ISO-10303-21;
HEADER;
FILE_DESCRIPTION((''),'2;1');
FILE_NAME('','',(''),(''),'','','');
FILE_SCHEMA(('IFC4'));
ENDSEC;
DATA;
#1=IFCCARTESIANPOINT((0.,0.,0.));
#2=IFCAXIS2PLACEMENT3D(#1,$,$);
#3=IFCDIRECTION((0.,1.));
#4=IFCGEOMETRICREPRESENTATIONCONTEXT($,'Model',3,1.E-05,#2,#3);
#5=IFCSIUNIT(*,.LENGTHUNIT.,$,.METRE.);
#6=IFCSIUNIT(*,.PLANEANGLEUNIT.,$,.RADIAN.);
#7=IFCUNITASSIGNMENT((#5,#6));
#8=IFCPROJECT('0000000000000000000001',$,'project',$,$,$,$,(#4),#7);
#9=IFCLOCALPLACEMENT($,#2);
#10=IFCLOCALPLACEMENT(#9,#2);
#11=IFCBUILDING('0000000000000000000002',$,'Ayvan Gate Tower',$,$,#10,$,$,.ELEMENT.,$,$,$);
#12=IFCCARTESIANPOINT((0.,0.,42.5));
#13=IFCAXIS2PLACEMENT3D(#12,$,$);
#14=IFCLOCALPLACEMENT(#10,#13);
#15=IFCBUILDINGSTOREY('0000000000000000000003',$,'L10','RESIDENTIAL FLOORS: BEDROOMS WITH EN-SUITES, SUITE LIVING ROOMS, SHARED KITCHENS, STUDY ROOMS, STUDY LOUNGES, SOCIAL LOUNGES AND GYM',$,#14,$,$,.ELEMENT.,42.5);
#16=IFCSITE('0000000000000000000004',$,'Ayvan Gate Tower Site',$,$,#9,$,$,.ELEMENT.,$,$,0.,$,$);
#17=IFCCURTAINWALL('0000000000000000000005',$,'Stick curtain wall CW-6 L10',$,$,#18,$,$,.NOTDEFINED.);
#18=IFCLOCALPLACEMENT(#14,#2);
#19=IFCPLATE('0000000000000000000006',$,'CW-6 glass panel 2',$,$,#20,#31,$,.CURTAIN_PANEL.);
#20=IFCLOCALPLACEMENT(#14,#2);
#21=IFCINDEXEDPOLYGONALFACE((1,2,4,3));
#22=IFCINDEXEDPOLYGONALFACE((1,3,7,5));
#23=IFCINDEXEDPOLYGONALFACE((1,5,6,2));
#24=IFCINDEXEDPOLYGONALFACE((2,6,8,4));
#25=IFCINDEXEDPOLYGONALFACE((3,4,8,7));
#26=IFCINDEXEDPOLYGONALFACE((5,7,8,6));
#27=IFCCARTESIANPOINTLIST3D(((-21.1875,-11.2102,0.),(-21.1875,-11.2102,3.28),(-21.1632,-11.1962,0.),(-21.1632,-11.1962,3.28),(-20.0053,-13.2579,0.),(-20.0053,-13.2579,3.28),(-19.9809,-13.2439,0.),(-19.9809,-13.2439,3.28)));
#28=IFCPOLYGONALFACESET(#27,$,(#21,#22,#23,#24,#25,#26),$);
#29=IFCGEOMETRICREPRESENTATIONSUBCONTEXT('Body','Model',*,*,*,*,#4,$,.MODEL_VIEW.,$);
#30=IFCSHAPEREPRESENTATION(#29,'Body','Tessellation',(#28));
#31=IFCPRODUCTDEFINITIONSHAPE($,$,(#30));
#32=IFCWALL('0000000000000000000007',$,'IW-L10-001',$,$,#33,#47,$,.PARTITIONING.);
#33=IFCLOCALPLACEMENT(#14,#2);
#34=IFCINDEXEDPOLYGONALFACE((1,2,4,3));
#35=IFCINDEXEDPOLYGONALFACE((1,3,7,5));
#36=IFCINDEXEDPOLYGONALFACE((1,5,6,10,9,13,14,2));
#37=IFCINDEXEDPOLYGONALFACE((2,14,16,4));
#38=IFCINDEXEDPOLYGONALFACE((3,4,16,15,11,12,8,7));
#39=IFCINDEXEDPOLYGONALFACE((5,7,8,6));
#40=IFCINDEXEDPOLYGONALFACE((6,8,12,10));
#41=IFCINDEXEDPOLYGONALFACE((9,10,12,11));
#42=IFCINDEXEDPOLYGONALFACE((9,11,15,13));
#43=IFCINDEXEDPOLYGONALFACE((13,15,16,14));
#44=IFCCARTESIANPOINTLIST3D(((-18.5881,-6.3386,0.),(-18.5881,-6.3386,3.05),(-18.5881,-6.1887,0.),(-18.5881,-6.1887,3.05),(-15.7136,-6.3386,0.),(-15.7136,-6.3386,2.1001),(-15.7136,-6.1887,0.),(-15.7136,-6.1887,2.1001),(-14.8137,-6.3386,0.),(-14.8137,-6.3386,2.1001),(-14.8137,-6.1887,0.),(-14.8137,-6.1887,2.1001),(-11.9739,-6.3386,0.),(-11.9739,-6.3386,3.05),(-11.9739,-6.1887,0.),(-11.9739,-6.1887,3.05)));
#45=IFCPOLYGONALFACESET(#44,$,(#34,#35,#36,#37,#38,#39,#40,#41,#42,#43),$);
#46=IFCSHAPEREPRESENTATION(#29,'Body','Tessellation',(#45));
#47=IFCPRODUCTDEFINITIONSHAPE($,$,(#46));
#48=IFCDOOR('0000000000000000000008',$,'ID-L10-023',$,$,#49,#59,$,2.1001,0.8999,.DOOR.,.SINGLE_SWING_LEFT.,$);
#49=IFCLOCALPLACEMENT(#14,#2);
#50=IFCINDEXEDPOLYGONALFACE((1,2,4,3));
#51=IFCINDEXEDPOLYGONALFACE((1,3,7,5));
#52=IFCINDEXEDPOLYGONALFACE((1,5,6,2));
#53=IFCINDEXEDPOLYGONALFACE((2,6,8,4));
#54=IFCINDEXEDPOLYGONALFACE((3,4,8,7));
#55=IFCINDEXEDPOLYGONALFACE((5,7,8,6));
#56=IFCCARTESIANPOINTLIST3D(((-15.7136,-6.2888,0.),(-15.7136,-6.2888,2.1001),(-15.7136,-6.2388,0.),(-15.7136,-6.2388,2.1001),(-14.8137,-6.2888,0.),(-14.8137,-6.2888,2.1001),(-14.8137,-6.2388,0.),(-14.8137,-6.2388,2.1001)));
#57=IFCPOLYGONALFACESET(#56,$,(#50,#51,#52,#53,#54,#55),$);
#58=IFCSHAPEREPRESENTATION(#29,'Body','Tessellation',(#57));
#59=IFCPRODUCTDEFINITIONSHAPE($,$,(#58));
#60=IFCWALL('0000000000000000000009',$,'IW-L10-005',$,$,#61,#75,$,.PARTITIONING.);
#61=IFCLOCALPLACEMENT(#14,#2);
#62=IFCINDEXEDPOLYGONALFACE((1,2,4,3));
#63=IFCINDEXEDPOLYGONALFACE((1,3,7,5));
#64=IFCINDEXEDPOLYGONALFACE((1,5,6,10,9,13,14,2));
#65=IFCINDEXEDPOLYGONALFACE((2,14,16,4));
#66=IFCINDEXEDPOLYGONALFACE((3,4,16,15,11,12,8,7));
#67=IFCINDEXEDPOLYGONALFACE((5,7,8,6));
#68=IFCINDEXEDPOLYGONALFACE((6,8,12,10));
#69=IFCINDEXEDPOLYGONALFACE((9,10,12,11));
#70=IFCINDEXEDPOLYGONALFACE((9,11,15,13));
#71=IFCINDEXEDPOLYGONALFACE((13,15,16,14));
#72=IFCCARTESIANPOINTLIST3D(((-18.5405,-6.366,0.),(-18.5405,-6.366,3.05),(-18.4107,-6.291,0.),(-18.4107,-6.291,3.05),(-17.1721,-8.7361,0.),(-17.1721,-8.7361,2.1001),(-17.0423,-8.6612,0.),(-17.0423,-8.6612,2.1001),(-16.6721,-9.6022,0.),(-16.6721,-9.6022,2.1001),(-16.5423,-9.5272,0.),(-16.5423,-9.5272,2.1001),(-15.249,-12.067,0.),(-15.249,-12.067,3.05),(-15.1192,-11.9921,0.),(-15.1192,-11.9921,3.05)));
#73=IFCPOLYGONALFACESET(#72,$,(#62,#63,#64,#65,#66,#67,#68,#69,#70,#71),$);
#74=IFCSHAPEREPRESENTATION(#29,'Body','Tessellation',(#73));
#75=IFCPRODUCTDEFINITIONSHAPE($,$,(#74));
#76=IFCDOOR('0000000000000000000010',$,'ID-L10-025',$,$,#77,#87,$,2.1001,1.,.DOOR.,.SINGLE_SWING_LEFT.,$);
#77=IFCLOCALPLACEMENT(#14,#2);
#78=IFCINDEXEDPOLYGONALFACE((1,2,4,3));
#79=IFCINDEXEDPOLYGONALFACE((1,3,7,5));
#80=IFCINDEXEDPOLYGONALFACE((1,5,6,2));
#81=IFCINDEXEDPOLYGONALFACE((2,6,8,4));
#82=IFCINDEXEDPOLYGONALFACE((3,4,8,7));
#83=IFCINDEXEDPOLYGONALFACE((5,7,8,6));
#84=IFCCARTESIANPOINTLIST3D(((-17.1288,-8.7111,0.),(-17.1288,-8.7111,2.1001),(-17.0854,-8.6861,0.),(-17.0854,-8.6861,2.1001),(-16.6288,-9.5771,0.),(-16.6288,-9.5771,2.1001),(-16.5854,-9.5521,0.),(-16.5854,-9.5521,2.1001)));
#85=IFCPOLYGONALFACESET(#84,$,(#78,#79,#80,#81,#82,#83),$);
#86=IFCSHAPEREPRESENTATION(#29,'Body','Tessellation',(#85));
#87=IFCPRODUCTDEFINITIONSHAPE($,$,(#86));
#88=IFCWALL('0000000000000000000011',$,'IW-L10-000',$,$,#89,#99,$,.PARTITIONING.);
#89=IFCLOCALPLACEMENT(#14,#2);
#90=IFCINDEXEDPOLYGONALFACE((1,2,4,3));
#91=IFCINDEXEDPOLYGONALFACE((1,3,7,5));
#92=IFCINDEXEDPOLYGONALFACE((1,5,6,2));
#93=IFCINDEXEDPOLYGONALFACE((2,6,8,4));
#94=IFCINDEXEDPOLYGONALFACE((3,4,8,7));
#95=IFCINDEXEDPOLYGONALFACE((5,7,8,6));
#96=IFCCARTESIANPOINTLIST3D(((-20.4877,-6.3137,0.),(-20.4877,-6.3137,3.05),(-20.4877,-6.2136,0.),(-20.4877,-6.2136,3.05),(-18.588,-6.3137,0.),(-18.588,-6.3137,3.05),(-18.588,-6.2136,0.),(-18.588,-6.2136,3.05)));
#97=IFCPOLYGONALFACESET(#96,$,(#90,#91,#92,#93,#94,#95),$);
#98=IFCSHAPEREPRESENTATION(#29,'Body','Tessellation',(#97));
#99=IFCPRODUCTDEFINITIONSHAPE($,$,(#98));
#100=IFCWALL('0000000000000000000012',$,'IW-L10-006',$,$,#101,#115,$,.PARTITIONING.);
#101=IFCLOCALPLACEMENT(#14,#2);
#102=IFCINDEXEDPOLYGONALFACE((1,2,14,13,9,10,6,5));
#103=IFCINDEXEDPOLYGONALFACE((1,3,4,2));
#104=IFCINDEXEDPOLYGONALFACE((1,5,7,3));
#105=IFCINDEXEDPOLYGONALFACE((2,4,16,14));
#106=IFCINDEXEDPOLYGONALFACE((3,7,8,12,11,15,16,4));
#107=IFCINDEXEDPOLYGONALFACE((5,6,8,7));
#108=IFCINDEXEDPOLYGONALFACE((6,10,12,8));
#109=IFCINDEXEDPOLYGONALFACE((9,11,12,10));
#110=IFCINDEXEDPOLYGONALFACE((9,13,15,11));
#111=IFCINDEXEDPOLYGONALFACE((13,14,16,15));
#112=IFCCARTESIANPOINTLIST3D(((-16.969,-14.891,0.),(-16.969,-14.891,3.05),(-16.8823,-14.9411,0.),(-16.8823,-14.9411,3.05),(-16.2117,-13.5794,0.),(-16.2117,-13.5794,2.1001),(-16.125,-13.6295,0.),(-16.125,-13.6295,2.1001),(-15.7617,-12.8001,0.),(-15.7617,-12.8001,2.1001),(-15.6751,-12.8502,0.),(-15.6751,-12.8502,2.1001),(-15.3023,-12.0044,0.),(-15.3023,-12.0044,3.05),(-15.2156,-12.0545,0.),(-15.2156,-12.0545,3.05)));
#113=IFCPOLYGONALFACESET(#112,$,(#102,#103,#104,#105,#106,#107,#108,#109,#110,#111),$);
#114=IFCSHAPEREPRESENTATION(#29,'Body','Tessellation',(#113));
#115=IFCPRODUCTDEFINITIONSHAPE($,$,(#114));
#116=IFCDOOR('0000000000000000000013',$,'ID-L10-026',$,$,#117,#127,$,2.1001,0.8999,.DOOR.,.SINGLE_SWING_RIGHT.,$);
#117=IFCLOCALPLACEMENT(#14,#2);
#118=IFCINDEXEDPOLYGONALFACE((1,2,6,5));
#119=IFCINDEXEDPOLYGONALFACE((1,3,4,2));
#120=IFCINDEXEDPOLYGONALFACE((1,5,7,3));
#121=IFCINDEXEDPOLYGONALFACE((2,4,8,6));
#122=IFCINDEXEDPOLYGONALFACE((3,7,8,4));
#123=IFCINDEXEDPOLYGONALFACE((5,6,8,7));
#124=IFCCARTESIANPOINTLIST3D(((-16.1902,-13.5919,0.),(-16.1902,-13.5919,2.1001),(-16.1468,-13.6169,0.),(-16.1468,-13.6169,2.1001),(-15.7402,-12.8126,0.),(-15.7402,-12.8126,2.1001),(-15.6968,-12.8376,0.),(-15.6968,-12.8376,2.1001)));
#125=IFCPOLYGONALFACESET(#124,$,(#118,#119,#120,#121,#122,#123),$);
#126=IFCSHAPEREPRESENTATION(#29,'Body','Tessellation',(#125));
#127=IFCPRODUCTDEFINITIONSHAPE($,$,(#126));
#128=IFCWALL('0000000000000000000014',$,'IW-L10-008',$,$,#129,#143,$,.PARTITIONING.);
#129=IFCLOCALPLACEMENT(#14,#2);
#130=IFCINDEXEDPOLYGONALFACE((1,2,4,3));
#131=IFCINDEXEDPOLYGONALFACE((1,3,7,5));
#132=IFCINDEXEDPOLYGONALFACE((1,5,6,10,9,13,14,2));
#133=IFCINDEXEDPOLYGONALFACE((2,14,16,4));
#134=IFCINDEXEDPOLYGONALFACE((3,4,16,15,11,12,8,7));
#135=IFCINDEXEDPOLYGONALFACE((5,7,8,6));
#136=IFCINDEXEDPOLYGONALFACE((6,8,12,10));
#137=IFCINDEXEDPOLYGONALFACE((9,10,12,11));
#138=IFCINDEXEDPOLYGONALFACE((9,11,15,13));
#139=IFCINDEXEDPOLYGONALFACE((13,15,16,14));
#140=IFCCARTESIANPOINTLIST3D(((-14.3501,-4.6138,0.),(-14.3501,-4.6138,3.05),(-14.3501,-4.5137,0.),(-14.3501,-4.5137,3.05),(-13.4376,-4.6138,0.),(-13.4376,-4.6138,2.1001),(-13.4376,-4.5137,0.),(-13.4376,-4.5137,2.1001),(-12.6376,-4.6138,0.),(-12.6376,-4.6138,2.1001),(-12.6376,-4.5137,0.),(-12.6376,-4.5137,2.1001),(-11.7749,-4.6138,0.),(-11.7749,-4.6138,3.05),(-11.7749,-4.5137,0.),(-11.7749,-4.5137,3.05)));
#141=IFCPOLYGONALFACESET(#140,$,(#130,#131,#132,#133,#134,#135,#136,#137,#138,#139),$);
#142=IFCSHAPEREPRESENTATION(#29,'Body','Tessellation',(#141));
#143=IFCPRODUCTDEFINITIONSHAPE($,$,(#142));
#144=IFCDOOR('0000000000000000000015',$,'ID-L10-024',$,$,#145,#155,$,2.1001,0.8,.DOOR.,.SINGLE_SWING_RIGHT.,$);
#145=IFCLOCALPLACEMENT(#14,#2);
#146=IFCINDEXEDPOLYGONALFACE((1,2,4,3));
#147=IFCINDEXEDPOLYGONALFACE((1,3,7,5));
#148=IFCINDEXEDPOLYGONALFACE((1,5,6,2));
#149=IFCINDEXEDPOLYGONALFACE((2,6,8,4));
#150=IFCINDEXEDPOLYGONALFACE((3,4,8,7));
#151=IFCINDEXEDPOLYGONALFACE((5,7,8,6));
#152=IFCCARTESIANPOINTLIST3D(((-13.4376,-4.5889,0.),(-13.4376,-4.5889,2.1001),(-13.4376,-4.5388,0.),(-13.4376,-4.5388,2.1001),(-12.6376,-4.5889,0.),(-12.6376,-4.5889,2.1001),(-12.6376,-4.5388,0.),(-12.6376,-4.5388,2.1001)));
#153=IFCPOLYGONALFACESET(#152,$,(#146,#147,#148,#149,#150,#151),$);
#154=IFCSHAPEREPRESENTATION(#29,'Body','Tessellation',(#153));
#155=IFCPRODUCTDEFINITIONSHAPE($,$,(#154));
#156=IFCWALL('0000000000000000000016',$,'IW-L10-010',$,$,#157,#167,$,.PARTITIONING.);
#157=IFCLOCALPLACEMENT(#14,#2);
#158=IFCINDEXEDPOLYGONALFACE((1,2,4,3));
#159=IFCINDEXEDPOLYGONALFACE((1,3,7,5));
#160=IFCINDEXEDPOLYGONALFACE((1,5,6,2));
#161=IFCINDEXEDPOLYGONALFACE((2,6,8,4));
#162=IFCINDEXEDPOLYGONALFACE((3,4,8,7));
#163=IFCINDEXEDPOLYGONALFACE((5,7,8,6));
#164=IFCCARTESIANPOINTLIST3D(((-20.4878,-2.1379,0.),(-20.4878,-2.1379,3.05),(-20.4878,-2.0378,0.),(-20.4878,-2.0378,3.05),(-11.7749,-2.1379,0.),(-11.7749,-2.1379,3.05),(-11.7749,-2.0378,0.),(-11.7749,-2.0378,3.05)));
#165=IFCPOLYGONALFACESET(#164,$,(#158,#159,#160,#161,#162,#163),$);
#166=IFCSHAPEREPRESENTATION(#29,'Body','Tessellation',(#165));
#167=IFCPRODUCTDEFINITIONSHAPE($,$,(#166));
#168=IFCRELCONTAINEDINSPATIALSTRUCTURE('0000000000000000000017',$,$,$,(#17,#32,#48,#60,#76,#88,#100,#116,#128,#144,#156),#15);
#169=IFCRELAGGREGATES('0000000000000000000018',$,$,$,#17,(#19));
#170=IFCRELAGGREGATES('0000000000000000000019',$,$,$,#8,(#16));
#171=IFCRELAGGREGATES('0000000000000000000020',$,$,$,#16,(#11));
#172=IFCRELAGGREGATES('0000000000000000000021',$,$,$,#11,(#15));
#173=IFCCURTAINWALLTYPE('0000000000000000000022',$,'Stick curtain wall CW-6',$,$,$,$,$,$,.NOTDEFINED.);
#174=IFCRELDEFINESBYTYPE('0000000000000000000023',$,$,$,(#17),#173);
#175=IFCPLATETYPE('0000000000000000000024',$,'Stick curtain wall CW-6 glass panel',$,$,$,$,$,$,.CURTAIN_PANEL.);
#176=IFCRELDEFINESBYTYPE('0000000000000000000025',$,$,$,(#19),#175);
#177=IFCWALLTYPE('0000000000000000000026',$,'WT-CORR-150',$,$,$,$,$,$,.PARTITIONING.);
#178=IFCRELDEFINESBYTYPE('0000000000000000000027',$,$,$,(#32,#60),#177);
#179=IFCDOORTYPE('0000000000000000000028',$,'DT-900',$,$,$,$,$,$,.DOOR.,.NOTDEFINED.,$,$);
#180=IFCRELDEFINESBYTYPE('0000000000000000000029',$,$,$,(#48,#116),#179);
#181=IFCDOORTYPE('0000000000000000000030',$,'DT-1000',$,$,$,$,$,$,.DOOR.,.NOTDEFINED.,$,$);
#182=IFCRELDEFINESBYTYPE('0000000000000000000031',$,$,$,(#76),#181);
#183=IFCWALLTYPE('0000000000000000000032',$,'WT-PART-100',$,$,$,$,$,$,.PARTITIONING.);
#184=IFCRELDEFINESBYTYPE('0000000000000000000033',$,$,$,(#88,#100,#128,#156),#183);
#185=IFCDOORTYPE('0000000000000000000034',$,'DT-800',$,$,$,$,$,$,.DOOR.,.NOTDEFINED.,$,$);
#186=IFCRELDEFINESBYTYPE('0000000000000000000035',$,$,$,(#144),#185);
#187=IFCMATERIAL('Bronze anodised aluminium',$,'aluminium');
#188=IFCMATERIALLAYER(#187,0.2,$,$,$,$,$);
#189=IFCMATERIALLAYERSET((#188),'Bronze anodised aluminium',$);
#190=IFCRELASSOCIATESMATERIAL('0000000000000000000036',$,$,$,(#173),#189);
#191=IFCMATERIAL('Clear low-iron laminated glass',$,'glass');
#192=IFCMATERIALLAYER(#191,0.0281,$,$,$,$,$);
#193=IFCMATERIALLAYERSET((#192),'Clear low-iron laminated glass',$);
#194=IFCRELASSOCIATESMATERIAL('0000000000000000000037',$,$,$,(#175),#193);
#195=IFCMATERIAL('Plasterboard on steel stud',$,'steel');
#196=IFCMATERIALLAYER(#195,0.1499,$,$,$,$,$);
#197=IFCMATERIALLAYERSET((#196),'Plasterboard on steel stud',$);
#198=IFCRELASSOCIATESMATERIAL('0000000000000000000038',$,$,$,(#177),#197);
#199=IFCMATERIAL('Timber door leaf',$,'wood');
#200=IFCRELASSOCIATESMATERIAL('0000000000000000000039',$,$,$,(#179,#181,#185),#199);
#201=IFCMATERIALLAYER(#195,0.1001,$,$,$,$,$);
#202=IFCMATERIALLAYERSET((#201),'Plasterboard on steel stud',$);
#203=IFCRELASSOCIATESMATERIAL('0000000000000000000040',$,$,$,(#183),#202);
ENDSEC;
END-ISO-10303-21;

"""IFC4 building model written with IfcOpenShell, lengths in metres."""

from ifc_helpers import new_model, si_unit, direction, frame, frame_2d, origin, origin_2d, place, context, subcontext, project, spatial, rectangle, extrude, material, layer, layer_set, type_object, element, fill, aggregate, save


model = new_model("IFC4")

# Units and contexts
model_context = context("Model", 3, precision=1e-05, world=origin(), true_north=direction((0.0, 1.0)))
body_context = subcontext(model_context, "Body", "Model", "MODEL_VIEW")
ifc_project = project(units=[si_unit("LENGTHUNIT", "METRE"), si_unit("PLANEANGLEUNIT", "RADIAN")], contexts=[model_context])

# Site, building, storey
site_placement = place(None, origin())
site = spatial("IfcSite", under=ifc_project, at=site_placement, Name="Ayvan Gate Tower Site", CompositionType="ELEMENT", RefElevation=0.0)
building_placement = place(site_placement, origin())
building = spatial("IfcBuilding", under=site, at=building_placement, Name="Ayvan Gate Tower", CompositionType="ELEMENT")
storey_placement = place(building_placement, frame((0.0, 0.0, 42.5)))
storey = spatial("IfcBuildingStorey", under=building, at=storey_placement, Name="L10", Description="RESIDENTIAL FLOORS: BEDROOMS WITH EN-SUITES, SUITE LIVING ROOMS, SHARED KITCHENS, STUDY ROOMS, STUDY LOUNGES, SOCIAL LOUNGES AND GYM", CompositionType="ELEMENT", Elevation=42.5)

# Curtain wall
ifc_material_1 = material(Name="Bronze anodised aluminium", Category="aluminium")
ifc_layer_1 = layer(ifc_material_1, 0.2)
ifc_layer_set_1 = layer_set([ifc_layer_1], Name="Bronze anodised aluminium")
curtain_wall_type_1 = type_object("IfcCurtainWallType", Name="Stick curtain wall CW-6", PredefinedType="NOTDEFINED", material=ifc_layer_set_1)
curtain_wall_1_placement = place(storey_placement, origin())
curtain_wall_1 = element("IfcCurtainWall", 1, at=curtain_wall_1_placement, inside=storey, type_object=curtain_wall_type_1, Name="Stick curtain wall CW-6 L10", PredefinedType="NOTDEFINED")

# Plate
ifc_material_2 = material(Name="Clear low-iron laminated glass", Category="glass")
ifc_layer_2 = layer(ifc_material_2, 0.0281)
ifc_layer_set_2 = layer_set([ifc_layer_2], Name="Clear low-iron laminated glass")
plate_type_1 = type_object("IfcPlateType", Name="Stick curtain wall CW-6 glass panel", PredefinedType="CURTAIN_PANEL", material=ifc_layer_set_2)
plate_1_placement = place(storey_placement, frame((-20.5842, -12.2271, 0.0), z_axis=(0.0, 0.0, 1.0), x_axis=(0.5, -0.866025, 0.0)))
plate_1 = element("IfcPlate", 2, at=plate_1_placement, type_object=plate_type_1, Name="CW-6 glass panel 2", PredefinedType="CURTAIN_PANEL", context=body_context, shape_type="SweptSolid", body=[
    extrude(rectangle(XDim=2.3645, YDim=0.0281, at=origin_2d()), origin(), (0.0, 0.0, 1.0), 3.28),
])
aggregate(curtain_wall_1, [plate_1])

# Walls, openings, doors
ifc_material_3 = material(Name="Plasterboard on steel stud", Category="steel")
ifc_layer_3 = layer(ifc_material_3, 0.1499)
ifc_layer_set_3 = layer_set([ifc_layer_3], Name="Plasterboard on steel stud")
wall_type_1 = type_object("IfcWallType", Name="WT-CORR-150", PredefinedType="PARTITIONING", material=ifc_layer_set_3)
wall_1_placement = place(storey_placement, frame((-18.5881, -6.2637, 0.0), z_axis=(0.0, 0.0, 1.0), x_axis=(1.0, 0.0, 0.0)))
wall_1 = element("IfcWall", 3, at=wall_1_placement, inside=storey, type_object=wall_type_1, Name="IW-L10-001", PredefinedType="PARTITIONING", context=body_context, shape_type="SweptSolid", body=[
    extrude(rectangle(XDim=6.6143, YDim=0.1499, at=frame_2d((3.3071, 0.0))), origin(), (0.0, 0.0, 1.0), 3.05),
])
opening_1_placement = place(wall_1_placement, frame((2.8745, 0.0, 0.0)))
opening_1 = element("IfcOpeningElement", 4, at=opening_1_placement, cuts=wall_1, PredefinedType="OPENING", context=body_context, shape_type="SweptSolid", body=[
    extrude(rectangle(XDim=0.8999, YDim=2.1001, at=frame_2d((0.45, 1.05))), frame((0.0, 0.085, 0.0), z_axis=(0.0, -1.0, 0.0), x_axis=(1.0, 0.0, 0.0)), (0.0, 0.0, 1.0), 0.1699),
])
ifc_material_4 = material(Name="Timber door leaf", Category="wood")
door_type_1 = type_object("IfcDoorType", Name="DT-900", OperationType="NOTDEFINED", PredefinedType="DOOR", material=ifc_material_4)
door_1_placement = place(opening_1_placement, origin())
door_1 = element("IfcDoor", 5, at=door_1_placement, inside=storey, type_object=door_type_1, Name="ID-L10-023", OperationType="SINGLE_SWING_LEFT", OverallHeight=2.1001, OverallWidth=0.8999, PredefinedType="DOOR", context=body_context, shape_type="SweptSolid", body=[
    extrude(rectangle(XDim=0.8999, YDim=2.1001, at=frame_2d((0.45, 1.05))), frame((0.0, 0.0249, 0.0), z_axis=(0.0, -1.0, 0.0), x_axis=(1.0, 0.0, 0.0)), (0.0, 0.0, 1.0), 0.05),
])
fill(opening_1, door_1)
wall_2_placement = place(storey_placement, frame((-15.1841, -12.0295, 0.0), z_axis=(0.0, 0.0, 1.0), x_axis=(-0.500008, 0.866021, 0.0)))
wall_2 = element("IfcWall", 6, at=wall_2_placement, inside=storey, type_object=wall_type_1, Name="IW-L10-005", PredefinedType="PARTITIONING", context=body_context, shape_type="SweptSolid", body=[
    extrude(rectangle(XDim=6.583, YDim=0.1499, at=frame_2d((3.2915, 0.0))), origin(), (0.0, 0.0, 1.0), 3.05),
])
opening_2_placement = place(wall_2_placement, frame((2.8462, 0.0, 0.0)))
opening_2 = element("IfcOpeningElement", 7, at=opening_2_placement, cuts=wall_2, PredefinedType="OPENING", context=body_context, shape_type="SweptSolid", body=[
    extrude(rectangle(XDim=1.0, YDim=2.1001, at=frame_2d((0.5, 1.05))), frame((0.0, 0.085, 0.0), z_axis=(0.0, -1.0, 0.0), x_axis=(1.0, 0.0, 0.0)), (0.0, 0.0, 1.0), 0.1699),
])
door_type_2 = type_object("IfcDoorType", Name="DT-1000", OperationType="NOTDEFINED", PredefinedType="DOOR", material=ifc_material_4)
door_2_placement = place(opening_2_placement, origin())
door_2 = element("IfcDoor", 8, at=door_2_placement, inside=storey, type_object=door_type_2, Name="ID-L10-025", OperationType="SINGLE_SWING_LEFT", OverallHeight=2.1001, OverallWidth=1.0, PredefinedType="DOOR", context=body_context, shape_type="SweptSolid", body=[
    extrude(rectangle(XDim=1.0, YDim=2.1001, at=frame_2d((0.5, 1.05))), frame((0.0, 0.0249, 0.0), z_axis=(0.0, -1.0, 0.0), x_axis=(1.0, 0.0, 0.0)), (0.0, 0.0, 1.0), 0.05),
])
fill(opening_2, door_2)

# Wall
ifc_layer_4 = layer(ifc_material_3, 0.1001)
ifc_layer_set_4 = layer_set([ifc_layer_4], Name="Plasterboard on steel stud")
wall_type_2 = type_object("IfcWallType", Name="WT-PART-100", PredefinedType="PARTITIONING", material=ifc_layer_set_4)
wall_3_placement = place(storey_placement, frame((-18.5881, -6.2637, 0.0), z_axis=(0.0, 0.0, 1.0), x_axis=(-1.0, 0.0, 0.0)))
element("IfcWall", 9, at=wall_3_placement, inside=storey, type_object=wall_type_2, Name="IW-L10-000", PredefinedType="PARTITIONING", context=body_context, shape_type="SweptSolid", body=[
    extrude(rectangle(XDim=1.8997, YDim=0.1001, at=frame_2d((0.9497, 0.0))), origin(), (0.0, 0.0, 1.0), 3.05),
])

# Walls, openings, doors
wall_4_placement = place(storey_placement, frame((-15.259, -12.0295, 0.0), z_axis=(0.0, 0.0, 1.0), x_axis=(-0.500023, -0.866012, 0.0)))
wall_4 = element("IfcWall", 10, at=wall_4_placement, inside=storey, type_object=wall_type_2, Name="IW-L10-006", PredefinedType="PARTITIONING", context=body_context, shape_type="SweptSolid", body=[
    extrude(rectangle(XDim=3.3333, YDim=0.1001, at=frame_2d((1.6665, 0.0))), origin(), (0.0, 0.0, 1.0), 3.05),
])
opening_3_placement = place(wall_4_placement, frame((0.9187, 0.0, 0.0)))
opening_3 = element("IfcOpeningElement", 11, at=opening_3_placement, cuts=wall_4, PredefinedType="OPENING", context=body_context, shape_type="SweptSolid", body=[
    extrude(rectangle(XDim=0.8999, YDim=2.1001, at=frame_2d((0.45, 1.05))), frame((0.0, 0.0601, 0.0), z_axis=(0.0, -1.0, 0.0), x_axis=(1.0, 0.0, 0.0)), (0.0, 0.0, 1.0), 0.1201),
])
door_3_placement = place(opening_3_placement, origin())
door_3 = element("IfcDoor", 12, at=door_3_placement, inside=storey, type_object=door_type_1, Name="ID-L10-026", OperationType="SINGLE_SWING_RIGHT", OverallHeight=2.1001, OverallWidth=0.8999, PredefinedType="DOOR", context=body_context, shape_type="SweptSolid", body=[
    extrude(rectangle(XDim=0.8999, YDim=2.1001, at=frame_2d((0.45, 1.05))), frame((0.0, 0.0249, 0.0), z_axis=(0.0, -1.0, 0.0), x_axis=(1.0, 0.0, 0.0)), (0.0, 0.0, 1.0), 0.05),
])
fill(opening_3, door_3)
wall_5_placement = place(storey_placement, frame((-14.3501, -4.5637, 0.0), z_axis=(0.0, 0.0, 1.0), x_axis=(1.0, 0.0, 0.0)))
wall_5 = element("IfcWall", 13, at=wall_5_placement, inside=storey, type_object=wall_type_2, Name="IW-L10-008", PredefinedType="PARTITIONING", context=body_context, shape_type="SweptSolid", body=[
    extrude(rectangle(XDim=2.5752, YDim=0.1001, at=frame_2d((1.2876, 0.0))), origin(), (0.0, 0.0, 1.0), 3.05),
])
opening_4_placement = place(wall_5_placement, frame((0.9126, 0.0, 0.0)))
opening_4 = element("IfcOpeningElement", 14, at=opening_4_placement, cuts=wall_5, PredefinedType="OPENING", context=body_context, shape_type="SweptSolid", body=[
    extrude(rectangle(XDim=0.8, YDim=2.1001, at=frame_2d((0.3999, 1.05))), frame((0.0, 0.0601, 0.0), z_axis=(0.0, -1.0, 0.0), x_axis=(1.0, 0.0, 0.0)), (0.0, 0.0, 1.0), 0.1201),
])
door_type_3 = type_object("IfcDoorType", Name="DT-800", OperationType="NOTDEFINED", PredefinedType="DOOR", material=ifc_material_4)
door_4_placement = place(opening_4_placement, origin())
door_4 = element("IfcDoor", 15, at=door_4_placement, inside=storey, type_object=door_type_3, Name="ID-L10-024", OperationType="SINGLE_SWING_RIGHT", OverallHeight=2.1001, OverallWidth=0.8, PredefinedType="DOOR", context=body_context, shape_type="SweptSolid", body=[
    extrude(rectangle(XDim=0.8, YDim=2.1001, at=frame_2d((0.3999, 1.05))), frame((0.0, 0.0249, 0.0), z_axis=(0.0, -1.0, 0.0), x_axis=(1.0, 0.0, 0.0)), (0.0, 0.0, 1.0), 0.05),
])
fill(opening_4, door_4)

# Wall
wall_6_placement = place(storey_placement, frame((-20.4878, -2.0879, 0.0), z_axis=(0.0, 0.0, 1.0), x_axis=(1.0, 0.0, 0.0)))
element("IfcWall", 16, at=wall_6_placement, inside=storey, type_object=wall_type_2, Name="IW-L10-010", PredefinedType="PARTITIONING", context=body_context, shape_type="SweptSolid", body=[
    extrude(rectangle(XDim=8.7129, YDim=0.1001, at=frame_2d((4.3564, 0.0))), origin(), (0.0, 0.0, 1.0), 3.05),
])

save(model, "model.ifc")
